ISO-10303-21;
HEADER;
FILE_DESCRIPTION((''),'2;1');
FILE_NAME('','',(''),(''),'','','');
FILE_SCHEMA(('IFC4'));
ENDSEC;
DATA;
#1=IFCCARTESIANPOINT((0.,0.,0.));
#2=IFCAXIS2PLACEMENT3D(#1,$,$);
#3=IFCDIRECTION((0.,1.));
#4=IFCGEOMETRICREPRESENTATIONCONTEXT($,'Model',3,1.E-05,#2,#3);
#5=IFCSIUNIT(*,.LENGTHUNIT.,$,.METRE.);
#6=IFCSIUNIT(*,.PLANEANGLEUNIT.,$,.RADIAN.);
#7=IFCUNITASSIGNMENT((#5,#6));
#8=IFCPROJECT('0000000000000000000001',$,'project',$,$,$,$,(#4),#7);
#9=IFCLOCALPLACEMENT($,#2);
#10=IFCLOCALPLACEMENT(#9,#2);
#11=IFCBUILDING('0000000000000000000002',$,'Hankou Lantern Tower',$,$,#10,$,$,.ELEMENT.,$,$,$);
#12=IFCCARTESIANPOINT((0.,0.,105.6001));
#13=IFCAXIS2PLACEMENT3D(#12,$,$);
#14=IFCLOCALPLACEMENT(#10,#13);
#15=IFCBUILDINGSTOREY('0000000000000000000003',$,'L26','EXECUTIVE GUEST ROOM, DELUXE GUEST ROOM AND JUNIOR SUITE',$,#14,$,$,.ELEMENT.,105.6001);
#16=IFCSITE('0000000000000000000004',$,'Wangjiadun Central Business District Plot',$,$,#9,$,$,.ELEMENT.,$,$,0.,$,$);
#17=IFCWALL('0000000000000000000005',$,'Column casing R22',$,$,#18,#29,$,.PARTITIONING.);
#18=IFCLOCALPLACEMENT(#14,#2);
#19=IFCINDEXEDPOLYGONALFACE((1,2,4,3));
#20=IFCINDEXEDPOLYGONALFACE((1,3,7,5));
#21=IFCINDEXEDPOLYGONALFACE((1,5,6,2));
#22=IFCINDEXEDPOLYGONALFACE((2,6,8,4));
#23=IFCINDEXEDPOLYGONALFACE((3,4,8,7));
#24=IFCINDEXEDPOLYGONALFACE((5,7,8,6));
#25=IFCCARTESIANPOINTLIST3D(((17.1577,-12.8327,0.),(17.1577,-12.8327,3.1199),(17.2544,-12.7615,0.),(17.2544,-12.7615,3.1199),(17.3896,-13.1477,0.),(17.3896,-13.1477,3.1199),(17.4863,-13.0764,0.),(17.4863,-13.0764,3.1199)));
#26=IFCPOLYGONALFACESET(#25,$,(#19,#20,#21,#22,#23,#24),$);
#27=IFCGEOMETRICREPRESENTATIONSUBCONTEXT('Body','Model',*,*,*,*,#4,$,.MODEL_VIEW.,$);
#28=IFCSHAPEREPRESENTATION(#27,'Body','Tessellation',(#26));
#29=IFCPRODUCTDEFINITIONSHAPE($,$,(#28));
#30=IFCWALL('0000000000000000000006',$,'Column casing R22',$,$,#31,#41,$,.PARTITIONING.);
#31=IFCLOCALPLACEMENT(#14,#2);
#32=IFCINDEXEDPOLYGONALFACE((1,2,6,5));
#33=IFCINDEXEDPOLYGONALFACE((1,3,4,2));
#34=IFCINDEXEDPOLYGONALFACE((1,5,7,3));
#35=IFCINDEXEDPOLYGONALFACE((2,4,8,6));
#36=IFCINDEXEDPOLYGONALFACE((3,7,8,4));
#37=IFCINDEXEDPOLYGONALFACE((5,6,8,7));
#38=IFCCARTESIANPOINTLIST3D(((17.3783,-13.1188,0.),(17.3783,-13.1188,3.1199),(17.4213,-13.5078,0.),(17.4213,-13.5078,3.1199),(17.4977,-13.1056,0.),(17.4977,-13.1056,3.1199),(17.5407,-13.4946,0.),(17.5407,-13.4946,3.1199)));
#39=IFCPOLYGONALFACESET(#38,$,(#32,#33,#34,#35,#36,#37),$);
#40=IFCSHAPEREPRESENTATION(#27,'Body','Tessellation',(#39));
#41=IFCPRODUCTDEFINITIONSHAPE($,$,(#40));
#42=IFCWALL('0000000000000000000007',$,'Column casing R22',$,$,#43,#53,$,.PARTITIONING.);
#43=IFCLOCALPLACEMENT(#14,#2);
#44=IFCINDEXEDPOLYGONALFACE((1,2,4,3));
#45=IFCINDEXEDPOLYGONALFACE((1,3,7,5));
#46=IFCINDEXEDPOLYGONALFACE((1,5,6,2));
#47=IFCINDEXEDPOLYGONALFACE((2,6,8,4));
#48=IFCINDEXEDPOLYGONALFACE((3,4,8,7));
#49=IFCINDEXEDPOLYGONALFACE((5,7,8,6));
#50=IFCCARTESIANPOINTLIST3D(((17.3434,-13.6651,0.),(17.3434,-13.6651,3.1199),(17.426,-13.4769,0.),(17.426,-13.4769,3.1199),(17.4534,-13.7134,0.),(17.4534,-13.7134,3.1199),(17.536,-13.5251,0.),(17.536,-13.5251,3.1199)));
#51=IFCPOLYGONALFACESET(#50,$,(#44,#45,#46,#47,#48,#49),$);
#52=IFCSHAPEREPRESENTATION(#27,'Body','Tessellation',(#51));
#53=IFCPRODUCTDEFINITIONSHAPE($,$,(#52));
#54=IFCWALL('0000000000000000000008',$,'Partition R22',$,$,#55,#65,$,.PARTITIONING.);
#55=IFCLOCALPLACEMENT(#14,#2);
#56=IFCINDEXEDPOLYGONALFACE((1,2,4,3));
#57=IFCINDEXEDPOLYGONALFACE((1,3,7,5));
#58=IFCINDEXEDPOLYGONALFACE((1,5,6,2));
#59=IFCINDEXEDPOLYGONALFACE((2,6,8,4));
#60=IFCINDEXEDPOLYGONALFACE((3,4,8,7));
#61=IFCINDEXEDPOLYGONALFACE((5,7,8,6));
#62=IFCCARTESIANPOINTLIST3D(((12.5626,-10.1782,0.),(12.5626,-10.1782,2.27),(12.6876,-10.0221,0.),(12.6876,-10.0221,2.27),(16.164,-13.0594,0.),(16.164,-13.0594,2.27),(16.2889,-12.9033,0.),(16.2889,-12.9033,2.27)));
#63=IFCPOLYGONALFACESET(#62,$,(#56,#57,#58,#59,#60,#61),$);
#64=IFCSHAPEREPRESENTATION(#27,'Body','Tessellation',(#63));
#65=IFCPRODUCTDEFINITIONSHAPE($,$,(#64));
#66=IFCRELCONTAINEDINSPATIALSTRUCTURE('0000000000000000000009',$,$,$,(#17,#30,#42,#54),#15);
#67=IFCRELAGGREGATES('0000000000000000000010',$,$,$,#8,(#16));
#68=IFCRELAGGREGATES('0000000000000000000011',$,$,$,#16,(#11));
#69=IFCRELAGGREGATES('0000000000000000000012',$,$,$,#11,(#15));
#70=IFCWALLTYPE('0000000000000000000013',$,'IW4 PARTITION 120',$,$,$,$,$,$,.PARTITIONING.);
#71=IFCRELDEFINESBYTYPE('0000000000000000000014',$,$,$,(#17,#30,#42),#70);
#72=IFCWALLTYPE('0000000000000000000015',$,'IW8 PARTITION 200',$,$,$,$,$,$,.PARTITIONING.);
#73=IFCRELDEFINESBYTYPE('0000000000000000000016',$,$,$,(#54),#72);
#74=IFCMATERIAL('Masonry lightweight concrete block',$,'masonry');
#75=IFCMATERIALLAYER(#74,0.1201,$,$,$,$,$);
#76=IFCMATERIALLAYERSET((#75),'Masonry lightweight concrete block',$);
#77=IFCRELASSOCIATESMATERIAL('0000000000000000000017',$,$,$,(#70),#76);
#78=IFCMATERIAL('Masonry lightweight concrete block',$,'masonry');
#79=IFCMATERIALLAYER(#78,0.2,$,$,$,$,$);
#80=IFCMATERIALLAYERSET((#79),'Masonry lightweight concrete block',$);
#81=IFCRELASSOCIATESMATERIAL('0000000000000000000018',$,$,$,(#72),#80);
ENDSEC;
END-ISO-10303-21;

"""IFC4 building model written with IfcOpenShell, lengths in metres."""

from ifc_helpers import new_model, si_unit, direction, frame, frame_2d, origin, place, context, subcontext, project, spatial, rectangle, extrude, material, layer, layer_set, type_object, element, save


model = new_model("IFC4")

# Units and contexts
model_context = context("Model", 3, precision=1e-05, world=origin(), true_north=direction((0.0, 1.0)))
body_context = subcontext(model_context, "Body", "Model", "MODEL_VIEW")
ifc_project = project(units=[si_unit("LENGTHUNIT", "METRE"), si_unit("PLANEANGLEUNIT", "RADIAN")], contexts=[model_context])

# Site, building, storey
site_placement = place(None, origin())
site = spatial("IfcSite", under=ifc_project, at=site_placement, Name="Wangjiadun Central Business District Plot", CompositionType="ELEMENT", RefElevation=0.0)
building_placement = place(site_placement, origin())
building = spatial("IfcBuilding", under=site, at=building_placement, Name="Hankou Lantern Tower", CompositionType="ELEMENT")
storey_placement = place(building_placement, frame((0.0, 0.0, 105.6001)))
storey = spatial("IfcBuildingStorey", under=building, at=storey_placement, Name="L26", Description="EXECUTIVE GUEST ROOM, DELUXE GUEST ROOM AND JUNIOR SUITE", CompositionType="ELEMENT", Elevation=105.6001)

# Walls
ifc_material_1 = material(Name="Masonry lightweight concrete block", Category="masonry")
ifc_layer_1 = layer(ifc_material_1, 0.1201)
ifc_layer_set_1 = layer_set([ifc_layer_1], Name="Masonry lightweight concrete block")
wall_type_1 = type_object("IfcWallType", Name="IW4 PARTITION 120", PredefinedType="PARTITIONING", material=ifc_layer_set_1)
wall_1_placement = place(storey_placement, frame((17.2061, -12.7971, 0.0), z_axis=(0.0, 0.0, 1.0), x_axis=(0.592986, -0.805213, 0.0)))
element("IfcWall", 1, at=wall_1_placement, inside=storey, type_object=wall_type_1, Name="Column casing R22", PredefinedType="PARTITIONING", context=body_context, shape_type="SweptSolid", body=[
    extrude(rectangle(XDim=0.3911, YDim=0.1201, at=frame_2d((0.1956, 0.0))), origin(), (0.0, 0.0, 1.0), 3.1199),
])
wall_2_placement = place(storey_placement, frame((17.438, -13.1121, 0.0), z_axis=(0.0, 0.0, 1.0), x_axis=(0.109815, -0.993952, 0.0)))
element("IfcWall", 2, at=wall_2_placement, inside=storey, type_object=wall_type_1, Name="Column casing R22", PredefinedType="PARTITIONING", context=body_context, shape_type="SweptSolid", body=[
    extrude(rectangle(XDim=0.3914, YDim=0.1201, at=frame_2d((0.1958, 0.0))), origin(), (0.0, 0.0, 1.0), 3.1199),
])
wall_3_placement = place(storey_placement, frame((17.481, -13.501, 0.0), z_axis=(0.0, 0.0, 1.0), x_axis=(-0.401504, -0.915857, 0.0)))
element("IfcWall", 3, at=wall_3_placement, inside=storey, type_object=wall_type_1, Name="Column casing R22", PredefinedType="PARTITIONING", context=body_context, shape_type="SweptSolid", body=[
    extrude(rectangle(XDim=0.2056, YDim=0.1201, at=frame_2d((0.1028, 0.0))), origin(), (0.0, 0.0, 1.0), 3.1199),
])
ifc_material_2 = material(Name="Masonry lightweight concrete block", Category="masonry")
ifc_layer_2 = layer(ifc_material_2, 0.2)
ifc_layer_set_2 = layer_set([ifc_layer_2], Name="Masonry lightweight concrete block")
wall_type_2 = type_object("IfcWallType", Name="IW8 PARTITION 200", PredefinedType="PARTITIONING", material=ifc_layer_set_2)
wall_4_placement = place(storey_placement, frame((12.625, -10.1001, 0.0), z_axis=(0.0, 0.0, 1.0), x_axis=(0.780864, -0.624702, 0.0)))
element("IfcWall", 4, at=wall_4_placement, inside=storey, type_object=wall_type_2, Name="Partition R22", PredefinedType="PARTITIONING", context=body_context, shape_type="SweptSolid", body=[
    extrude(rectangle(XDim=4.6121, YDim=0.2, at=frame_2d((2.3062, 0.0))), origin(), (0.0, 0.0, 1.0), 2.27),
])

save(model, "model.ifc")
